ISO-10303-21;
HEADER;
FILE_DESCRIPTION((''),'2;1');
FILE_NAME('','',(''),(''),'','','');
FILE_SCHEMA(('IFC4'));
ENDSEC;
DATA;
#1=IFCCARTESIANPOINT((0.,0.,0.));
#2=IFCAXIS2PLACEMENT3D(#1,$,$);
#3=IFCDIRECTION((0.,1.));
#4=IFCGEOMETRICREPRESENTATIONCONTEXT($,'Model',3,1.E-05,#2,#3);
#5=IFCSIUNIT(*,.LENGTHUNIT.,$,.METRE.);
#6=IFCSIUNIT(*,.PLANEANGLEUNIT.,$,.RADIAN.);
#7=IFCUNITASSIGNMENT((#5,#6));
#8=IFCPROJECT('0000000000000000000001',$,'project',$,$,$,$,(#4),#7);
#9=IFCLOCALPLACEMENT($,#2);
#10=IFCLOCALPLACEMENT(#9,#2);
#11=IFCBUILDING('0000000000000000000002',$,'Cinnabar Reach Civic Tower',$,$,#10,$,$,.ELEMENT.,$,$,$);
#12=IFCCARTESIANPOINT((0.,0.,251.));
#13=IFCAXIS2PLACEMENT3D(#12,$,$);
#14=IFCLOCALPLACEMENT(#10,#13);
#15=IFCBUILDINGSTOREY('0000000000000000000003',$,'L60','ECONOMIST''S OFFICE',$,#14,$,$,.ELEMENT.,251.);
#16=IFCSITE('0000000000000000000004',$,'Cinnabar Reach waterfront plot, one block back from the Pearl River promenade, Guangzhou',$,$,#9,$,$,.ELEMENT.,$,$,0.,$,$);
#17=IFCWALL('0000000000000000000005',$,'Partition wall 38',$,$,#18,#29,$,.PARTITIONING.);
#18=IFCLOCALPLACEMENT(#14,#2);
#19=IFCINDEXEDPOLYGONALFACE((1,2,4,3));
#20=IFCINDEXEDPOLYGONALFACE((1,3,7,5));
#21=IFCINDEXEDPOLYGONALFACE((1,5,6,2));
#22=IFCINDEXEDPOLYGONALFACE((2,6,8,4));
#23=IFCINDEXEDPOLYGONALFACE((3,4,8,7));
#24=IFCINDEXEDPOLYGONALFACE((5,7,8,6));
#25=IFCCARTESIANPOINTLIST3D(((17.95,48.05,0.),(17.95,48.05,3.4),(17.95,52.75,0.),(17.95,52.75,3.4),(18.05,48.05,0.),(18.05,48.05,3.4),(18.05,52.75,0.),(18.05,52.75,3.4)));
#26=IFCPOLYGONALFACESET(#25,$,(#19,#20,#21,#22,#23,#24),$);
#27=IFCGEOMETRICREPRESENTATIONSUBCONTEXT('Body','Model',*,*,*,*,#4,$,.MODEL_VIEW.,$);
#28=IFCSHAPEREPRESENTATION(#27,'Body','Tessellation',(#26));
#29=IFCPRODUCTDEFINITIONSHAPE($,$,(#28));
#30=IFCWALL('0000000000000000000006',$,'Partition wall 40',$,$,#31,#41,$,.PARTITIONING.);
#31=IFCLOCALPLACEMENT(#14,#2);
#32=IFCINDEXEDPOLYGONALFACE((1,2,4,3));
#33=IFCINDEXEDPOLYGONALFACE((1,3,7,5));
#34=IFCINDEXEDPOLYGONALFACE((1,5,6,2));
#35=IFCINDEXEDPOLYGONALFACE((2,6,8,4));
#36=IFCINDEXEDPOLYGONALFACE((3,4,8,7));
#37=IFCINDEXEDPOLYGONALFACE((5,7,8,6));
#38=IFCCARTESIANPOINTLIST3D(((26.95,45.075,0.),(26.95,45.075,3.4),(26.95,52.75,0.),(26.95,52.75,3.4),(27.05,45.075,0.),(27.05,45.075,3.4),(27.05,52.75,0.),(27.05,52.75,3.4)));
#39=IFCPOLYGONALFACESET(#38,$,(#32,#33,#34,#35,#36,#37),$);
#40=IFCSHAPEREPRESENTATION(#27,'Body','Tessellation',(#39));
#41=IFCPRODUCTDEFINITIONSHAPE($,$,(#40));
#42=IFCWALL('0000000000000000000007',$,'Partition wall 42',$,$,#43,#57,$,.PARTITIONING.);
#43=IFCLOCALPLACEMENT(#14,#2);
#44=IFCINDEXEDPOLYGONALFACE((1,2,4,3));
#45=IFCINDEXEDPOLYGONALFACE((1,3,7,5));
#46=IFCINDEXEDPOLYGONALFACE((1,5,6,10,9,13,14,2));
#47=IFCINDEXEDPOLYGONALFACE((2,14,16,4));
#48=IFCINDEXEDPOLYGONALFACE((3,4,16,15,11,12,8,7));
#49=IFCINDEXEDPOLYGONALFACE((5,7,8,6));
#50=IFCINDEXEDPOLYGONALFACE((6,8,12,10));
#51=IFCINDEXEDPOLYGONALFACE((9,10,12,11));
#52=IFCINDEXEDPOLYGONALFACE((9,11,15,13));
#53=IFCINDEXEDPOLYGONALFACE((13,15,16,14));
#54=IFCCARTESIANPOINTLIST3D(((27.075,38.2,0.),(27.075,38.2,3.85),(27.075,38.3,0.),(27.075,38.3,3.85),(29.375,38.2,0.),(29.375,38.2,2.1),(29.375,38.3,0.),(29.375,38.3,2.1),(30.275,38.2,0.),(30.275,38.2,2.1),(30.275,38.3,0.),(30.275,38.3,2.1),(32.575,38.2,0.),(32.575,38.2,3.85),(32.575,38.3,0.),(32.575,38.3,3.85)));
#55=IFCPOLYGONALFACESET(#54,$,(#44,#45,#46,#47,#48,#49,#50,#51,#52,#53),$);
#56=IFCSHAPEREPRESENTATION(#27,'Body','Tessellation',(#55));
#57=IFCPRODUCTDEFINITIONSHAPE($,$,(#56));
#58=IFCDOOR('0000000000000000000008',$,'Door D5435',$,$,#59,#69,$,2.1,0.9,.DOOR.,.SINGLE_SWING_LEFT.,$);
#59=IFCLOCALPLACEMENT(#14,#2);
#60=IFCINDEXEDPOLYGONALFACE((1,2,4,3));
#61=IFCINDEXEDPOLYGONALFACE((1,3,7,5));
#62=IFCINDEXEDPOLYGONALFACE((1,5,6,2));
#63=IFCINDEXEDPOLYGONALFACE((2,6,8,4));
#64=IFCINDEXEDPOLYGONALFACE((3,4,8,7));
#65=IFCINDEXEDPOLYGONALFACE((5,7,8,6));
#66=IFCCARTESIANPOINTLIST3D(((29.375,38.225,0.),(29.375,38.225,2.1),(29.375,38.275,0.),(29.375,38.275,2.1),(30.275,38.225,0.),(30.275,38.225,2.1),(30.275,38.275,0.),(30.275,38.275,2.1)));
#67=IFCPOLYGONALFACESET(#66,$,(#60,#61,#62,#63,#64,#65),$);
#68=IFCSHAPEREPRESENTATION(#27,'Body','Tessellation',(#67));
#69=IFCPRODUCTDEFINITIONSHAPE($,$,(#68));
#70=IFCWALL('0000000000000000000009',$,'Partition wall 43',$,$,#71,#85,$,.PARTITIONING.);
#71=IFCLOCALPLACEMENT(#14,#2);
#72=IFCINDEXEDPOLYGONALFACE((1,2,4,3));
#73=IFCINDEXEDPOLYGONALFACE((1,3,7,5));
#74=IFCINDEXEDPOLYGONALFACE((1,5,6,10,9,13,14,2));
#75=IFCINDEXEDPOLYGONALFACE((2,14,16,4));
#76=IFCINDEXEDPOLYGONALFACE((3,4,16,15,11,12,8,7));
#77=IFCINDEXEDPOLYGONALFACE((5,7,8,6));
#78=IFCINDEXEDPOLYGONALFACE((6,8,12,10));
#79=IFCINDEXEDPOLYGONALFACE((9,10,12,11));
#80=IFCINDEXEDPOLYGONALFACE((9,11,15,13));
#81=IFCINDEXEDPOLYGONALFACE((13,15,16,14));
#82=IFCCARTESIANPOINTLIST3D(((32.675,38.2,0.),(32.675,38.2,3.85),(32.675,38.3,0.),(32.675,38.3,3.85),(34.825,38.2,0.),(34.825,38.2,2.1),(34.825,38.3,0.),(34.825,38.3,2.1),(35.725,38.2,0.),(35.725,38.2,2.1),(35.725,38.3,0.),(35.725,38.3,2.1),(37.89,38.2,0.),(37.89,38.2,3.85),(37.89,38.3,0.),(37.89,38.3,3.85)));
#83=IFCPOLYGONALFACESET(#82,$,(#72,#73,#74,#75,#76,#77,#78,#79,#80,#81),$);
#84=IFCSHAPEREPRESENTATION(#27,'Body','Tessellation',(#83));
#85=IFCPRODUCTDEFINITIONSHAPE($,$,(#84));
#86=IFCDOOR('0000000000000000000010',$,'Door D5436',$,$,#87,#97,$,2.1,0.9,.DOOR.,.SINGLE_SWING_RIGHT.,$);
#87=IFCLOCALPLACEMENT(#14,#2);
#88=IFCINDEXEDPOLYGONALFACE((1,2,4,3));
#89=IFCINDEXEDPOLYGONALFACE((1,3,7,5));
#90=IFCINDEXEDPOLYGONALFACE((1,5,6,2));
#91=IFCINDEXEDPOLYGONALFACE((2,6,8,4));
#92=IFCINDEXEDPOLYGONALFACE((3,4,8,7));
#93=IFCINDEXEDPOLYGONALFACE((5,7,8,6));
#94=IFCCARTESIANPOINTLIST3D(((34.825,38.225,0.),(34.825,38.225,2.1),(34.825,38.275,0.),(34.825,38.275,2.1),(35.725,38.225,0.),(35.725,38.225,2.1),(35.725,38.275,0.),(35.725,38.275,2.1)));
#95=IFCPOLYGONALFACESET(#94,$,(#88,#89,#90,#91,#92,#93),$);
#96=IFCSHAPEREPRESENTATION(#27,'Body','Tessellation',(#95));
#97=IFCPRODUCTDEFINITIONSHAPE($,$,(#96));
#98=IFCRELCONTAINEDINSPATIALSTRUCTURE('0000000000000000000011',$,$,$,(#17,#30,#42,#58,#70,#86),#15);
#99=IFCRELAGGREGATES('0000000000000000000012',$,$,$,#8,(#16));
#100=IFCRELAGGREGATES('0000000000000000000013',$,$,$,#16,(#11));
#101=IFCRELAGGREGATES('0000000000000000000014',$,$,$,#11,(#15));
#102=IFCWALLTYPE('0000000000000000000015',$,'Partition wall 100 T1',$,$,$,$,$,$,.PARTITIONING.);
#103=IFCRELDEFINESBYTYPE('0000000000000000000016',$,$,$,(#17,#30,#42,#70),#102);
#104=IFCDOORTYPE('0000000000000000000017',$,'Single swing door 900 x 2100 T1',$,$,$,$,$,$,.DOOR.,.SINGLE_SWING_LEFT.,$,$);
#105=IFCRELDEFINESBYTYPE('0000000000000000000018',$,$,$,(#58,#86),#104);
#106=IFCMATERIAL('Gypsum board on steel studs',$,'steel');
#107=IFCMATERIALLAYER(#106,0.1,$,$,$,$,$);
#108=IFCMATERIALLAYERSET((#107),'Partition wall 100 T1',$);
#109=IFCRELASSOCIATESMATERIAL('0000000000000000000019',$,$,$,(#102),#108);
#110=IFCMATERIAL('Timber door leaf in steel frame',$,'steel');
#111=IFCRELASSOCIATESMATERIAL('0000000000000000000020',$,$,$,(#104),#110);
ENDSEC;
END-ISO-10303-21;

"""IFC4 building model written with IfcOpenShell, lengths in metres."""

from ifc_helpers import new_model, si_unit, direction, frame, frame_2d, origin, place, context, subcontext, project, spatial, rectangle, extrude, material, layer, layer_set, type_object, element, fill, save


model = new_model("IFC4")

# Units and contexts
model_context = context("Model", 3, precision=1e-05, world=origin(), true_north=direction((0.0, 1.0)))
body_context = subcontext(model_context, "Body", "Model", "MODEL_VIEW")
ifc_project = project(units=[si_unit("LENGTHUNIT", "METRE"), si_unit("PLANEANGLEUNIT", "RADIAN")], contexts=[model_context])

# Site, building, storey
site_placement = place(None, origin())
site = spatial("IfcSite", under=ifc_project, at=site_placement, Name="Cinnabar Reach waterfront plot, one block back from the Pearl River promenade, Guangzhou", CompositionType="ELEMENT", RefElevation=0.0)
building_placement = place(site_placement, origin())
building = spatial("IfcBuilding", under=site, at=building_placement, Name="Cinnabar Reach Civic Tower", CompositionType="ELEMENT")
storey_placement = place(building_placement, frame((0.0, 0.0, 251.0)))
storey = spatial("IfcBuildingStorey", under=building, at=storey_placement, Name="L60", Description="ECONOMIST'S OFFICE", CompositionType="ELEMENT", Elevation=251.0)

# Walls
ifc_material_1 = material(Name="Gypsum board on steel studs", Category="steel")
ifc_layer_1 = layer(ifc_material_1, 0.1)
ifc_layer_set_1 = layer_set([ifc_layer_1], Name="Partition wall 100 T1")
wall_type_1 = type_object("IfcWallType", Name="Partition wall 100 T1", PredefinedType="PARTITIONING", material=ifc_layer_set_1)
wall_1_placement = place(storey_placement, frame((18.0, 48.05, 0.0), z_axis=(0.0, 0.0, 1.0), x_axis=(0.0, 1.0, 0.0)))
element("IfcWall", 1, at=wall_1_placement, inside=storey, type_object=wall_type_1, Name="Partition wall 38", PredefinedType="PARTITIONING", context=body_context, shape_type="SweptSolid", body=[
    extrude(rectangle(XDim=4.7, YDim=0.1, at=frame_2d((2.35, 0.0))), origin(), (0.0, 0.0, 1.0), 3.4),
])
wall_2_placement = place(storey_placement, frame((27.0, 45.075, 0.0), z_axis=(0.0, 0.0, 1.0), x_axis=(0.0, 1.0, 0.0)))
element("IfcWall", 2, at=wall_2_placement, inside=storey, type_object=wall_type_1, Name="Partition wall 40", PredefinedType="PARTITIONING", context=body_context, shape_type="SweptSolid", body=[
    extrude(rectangle(XDim=7.675, YDim=0.1, at=frame_2d((3.8375, 0.0))), origin(), (0.0, 0.0, 1.0), 3.4),
])

# Walls, openings, doors
wall_3_placement = place(storey_placement, frame((27.075, 38.25, 0.0), z_axis=(0.0, 0.0, 1.0), x_axis=(1.0, 0.0, 0.0)))
wall_3 = element("IfcWall", 3, at=wall_3_placement, inside=storey, type_object=wall_type_1, Name="Partition wall 42", PredefinedType="PARTITIONING", context=body_context, shape_type="SweptSolid", body=[
    extrude(rectangle(XDim=5.5, YDim=0.1, at=frame_2d((2.75, 0.0))), origin(), (0.0, 0.0, 1.0), 3.85),
])
opening_1_placement = place(wall_3_placement, frame((2.3, 0.0, 0.0)))
opening_1 = element("IfcOpeningElement", 4, at=opening_1_placement, cuts=wall_3, PredefinedType="OPENING", context=body_context, shape_type="SweptSolid", body=[
    extrude(rectangle(XDim=0.9, YDim=2.1, at=frame_2d((0.45, 1.05))), frame((0.0, 0.06, 0.0), z_axis=(0.0, -1.0, 0.0), x_axis=(1.0, 0.0, 0.0)), (0.0, 0.0, 1.0), 0.12),
])
ifc_material_2 = material(Name="Timber door leaf in steel frame", Category="steel")
door_type = type_object("IfcDoorType", Name="Single swing door 900 x 2100 T1", OperationType="SINGLE_SWING_LEFT", PredefinedType="DOOR", material=ifc_material_2)
door_1_placement = place(opening_1_placement, frame((0.9, 0.0, 0.0), z_axis=(0.0, 0.0, 1.0), x_axis=(-1.0, 0.0, 0.0)))
door_1 = element("IfcDoor", 5, at=door_1_placement, inside=storey, type_object=door_type, Name="Door D5435", OperationType="SINGLE_SWING_LEFT", OverallHeight=2.1, OverallWidth=0.9, PredefinedType="DOOR", context=body_context, shape_type="SweptSolid", body=[
    extrude(rectangle(XDim=0.9, YDim=2.1, at=frame_2d((0.45, 1.05))), frame((0.0, 0.025, 0.0), z_axis=(0.0, -1.0, 0.0), x_axis=(1.0, 0.0, 0.0)), (0.0, 0.0, 1.0), 0.05),
])
fill(opening_1, door_1)
wall_4_placement = place(storey_placement, frame((32.675, 38.25, 0.0), z_axis=(0.0, 0.0, 1.0), x_axis=(1.0, 0.0, 0.0)))
wall_4 = element("IfcWall", 6, at=wall_4_placement, inside=storey, type_object=wall_type_1, Name="Partition wall 43", PredefinedType="PARTITIONING", context=body_context, shape_type="SweptSolid", body=[
    extrude(rectangle(XDim=5.215, YDim=0.1, at=frame_2d((2.6075, 0.0))), origin(), (0.0, 0.0, 1.0), 3.85),
])
opening_2_placement = place(wall_4_placement, frame((2.15, 0.0, 0.0)))
opening_2 = element("IfcOpeningElement", 7, at=opening_2_placement, cuts=wall_4, PredefinedType="OPENING", context=body_context, shape_type="SweptSolid", body=[
    extrude(rectangle(XDim=0.9, YDim=2.1, at=frame_2d((0.45, 1.05))), frame((0.0, 0.06, 0.0), z_axis=(0.0, -1.0, 0.0), x_axis=(1.0, 0.0, 0.0)), (0.0, 0.0, 1.0), 0.12),
])
door_2_placement = place(opening_2_placement, frame((0.9, 0.0, 0.0), z_axis=(0.0, 0.0, 1.0), x_axis=(-1.0, 0.0, 0.0)))
door_2 = element("IfcDoor", 8, at=door_2_placement, inside=storey, type_object=door_type, Name="Door D5436", OperationType="SINGLE_SWING_RIGHT", OverallHeight=2.1, OverallWidth=0.9, PredefinedType="DOOR", context=body_context, shape_type="SweptSolid", body=[
    extrude(rectangle(XDim=0.9, YDim=2.1, at=frame_2d((0.45, 1.05))), frame((0.0, 0.025, 0.0), z_axis=(0.0, -1.0, 0.0), x_axis=(1.0, 0.0, 0.0)), (0.0, 0.0, 1.0), 0.05),
])
fill(opening_2, door_2)

save(model, "model.ifc")
